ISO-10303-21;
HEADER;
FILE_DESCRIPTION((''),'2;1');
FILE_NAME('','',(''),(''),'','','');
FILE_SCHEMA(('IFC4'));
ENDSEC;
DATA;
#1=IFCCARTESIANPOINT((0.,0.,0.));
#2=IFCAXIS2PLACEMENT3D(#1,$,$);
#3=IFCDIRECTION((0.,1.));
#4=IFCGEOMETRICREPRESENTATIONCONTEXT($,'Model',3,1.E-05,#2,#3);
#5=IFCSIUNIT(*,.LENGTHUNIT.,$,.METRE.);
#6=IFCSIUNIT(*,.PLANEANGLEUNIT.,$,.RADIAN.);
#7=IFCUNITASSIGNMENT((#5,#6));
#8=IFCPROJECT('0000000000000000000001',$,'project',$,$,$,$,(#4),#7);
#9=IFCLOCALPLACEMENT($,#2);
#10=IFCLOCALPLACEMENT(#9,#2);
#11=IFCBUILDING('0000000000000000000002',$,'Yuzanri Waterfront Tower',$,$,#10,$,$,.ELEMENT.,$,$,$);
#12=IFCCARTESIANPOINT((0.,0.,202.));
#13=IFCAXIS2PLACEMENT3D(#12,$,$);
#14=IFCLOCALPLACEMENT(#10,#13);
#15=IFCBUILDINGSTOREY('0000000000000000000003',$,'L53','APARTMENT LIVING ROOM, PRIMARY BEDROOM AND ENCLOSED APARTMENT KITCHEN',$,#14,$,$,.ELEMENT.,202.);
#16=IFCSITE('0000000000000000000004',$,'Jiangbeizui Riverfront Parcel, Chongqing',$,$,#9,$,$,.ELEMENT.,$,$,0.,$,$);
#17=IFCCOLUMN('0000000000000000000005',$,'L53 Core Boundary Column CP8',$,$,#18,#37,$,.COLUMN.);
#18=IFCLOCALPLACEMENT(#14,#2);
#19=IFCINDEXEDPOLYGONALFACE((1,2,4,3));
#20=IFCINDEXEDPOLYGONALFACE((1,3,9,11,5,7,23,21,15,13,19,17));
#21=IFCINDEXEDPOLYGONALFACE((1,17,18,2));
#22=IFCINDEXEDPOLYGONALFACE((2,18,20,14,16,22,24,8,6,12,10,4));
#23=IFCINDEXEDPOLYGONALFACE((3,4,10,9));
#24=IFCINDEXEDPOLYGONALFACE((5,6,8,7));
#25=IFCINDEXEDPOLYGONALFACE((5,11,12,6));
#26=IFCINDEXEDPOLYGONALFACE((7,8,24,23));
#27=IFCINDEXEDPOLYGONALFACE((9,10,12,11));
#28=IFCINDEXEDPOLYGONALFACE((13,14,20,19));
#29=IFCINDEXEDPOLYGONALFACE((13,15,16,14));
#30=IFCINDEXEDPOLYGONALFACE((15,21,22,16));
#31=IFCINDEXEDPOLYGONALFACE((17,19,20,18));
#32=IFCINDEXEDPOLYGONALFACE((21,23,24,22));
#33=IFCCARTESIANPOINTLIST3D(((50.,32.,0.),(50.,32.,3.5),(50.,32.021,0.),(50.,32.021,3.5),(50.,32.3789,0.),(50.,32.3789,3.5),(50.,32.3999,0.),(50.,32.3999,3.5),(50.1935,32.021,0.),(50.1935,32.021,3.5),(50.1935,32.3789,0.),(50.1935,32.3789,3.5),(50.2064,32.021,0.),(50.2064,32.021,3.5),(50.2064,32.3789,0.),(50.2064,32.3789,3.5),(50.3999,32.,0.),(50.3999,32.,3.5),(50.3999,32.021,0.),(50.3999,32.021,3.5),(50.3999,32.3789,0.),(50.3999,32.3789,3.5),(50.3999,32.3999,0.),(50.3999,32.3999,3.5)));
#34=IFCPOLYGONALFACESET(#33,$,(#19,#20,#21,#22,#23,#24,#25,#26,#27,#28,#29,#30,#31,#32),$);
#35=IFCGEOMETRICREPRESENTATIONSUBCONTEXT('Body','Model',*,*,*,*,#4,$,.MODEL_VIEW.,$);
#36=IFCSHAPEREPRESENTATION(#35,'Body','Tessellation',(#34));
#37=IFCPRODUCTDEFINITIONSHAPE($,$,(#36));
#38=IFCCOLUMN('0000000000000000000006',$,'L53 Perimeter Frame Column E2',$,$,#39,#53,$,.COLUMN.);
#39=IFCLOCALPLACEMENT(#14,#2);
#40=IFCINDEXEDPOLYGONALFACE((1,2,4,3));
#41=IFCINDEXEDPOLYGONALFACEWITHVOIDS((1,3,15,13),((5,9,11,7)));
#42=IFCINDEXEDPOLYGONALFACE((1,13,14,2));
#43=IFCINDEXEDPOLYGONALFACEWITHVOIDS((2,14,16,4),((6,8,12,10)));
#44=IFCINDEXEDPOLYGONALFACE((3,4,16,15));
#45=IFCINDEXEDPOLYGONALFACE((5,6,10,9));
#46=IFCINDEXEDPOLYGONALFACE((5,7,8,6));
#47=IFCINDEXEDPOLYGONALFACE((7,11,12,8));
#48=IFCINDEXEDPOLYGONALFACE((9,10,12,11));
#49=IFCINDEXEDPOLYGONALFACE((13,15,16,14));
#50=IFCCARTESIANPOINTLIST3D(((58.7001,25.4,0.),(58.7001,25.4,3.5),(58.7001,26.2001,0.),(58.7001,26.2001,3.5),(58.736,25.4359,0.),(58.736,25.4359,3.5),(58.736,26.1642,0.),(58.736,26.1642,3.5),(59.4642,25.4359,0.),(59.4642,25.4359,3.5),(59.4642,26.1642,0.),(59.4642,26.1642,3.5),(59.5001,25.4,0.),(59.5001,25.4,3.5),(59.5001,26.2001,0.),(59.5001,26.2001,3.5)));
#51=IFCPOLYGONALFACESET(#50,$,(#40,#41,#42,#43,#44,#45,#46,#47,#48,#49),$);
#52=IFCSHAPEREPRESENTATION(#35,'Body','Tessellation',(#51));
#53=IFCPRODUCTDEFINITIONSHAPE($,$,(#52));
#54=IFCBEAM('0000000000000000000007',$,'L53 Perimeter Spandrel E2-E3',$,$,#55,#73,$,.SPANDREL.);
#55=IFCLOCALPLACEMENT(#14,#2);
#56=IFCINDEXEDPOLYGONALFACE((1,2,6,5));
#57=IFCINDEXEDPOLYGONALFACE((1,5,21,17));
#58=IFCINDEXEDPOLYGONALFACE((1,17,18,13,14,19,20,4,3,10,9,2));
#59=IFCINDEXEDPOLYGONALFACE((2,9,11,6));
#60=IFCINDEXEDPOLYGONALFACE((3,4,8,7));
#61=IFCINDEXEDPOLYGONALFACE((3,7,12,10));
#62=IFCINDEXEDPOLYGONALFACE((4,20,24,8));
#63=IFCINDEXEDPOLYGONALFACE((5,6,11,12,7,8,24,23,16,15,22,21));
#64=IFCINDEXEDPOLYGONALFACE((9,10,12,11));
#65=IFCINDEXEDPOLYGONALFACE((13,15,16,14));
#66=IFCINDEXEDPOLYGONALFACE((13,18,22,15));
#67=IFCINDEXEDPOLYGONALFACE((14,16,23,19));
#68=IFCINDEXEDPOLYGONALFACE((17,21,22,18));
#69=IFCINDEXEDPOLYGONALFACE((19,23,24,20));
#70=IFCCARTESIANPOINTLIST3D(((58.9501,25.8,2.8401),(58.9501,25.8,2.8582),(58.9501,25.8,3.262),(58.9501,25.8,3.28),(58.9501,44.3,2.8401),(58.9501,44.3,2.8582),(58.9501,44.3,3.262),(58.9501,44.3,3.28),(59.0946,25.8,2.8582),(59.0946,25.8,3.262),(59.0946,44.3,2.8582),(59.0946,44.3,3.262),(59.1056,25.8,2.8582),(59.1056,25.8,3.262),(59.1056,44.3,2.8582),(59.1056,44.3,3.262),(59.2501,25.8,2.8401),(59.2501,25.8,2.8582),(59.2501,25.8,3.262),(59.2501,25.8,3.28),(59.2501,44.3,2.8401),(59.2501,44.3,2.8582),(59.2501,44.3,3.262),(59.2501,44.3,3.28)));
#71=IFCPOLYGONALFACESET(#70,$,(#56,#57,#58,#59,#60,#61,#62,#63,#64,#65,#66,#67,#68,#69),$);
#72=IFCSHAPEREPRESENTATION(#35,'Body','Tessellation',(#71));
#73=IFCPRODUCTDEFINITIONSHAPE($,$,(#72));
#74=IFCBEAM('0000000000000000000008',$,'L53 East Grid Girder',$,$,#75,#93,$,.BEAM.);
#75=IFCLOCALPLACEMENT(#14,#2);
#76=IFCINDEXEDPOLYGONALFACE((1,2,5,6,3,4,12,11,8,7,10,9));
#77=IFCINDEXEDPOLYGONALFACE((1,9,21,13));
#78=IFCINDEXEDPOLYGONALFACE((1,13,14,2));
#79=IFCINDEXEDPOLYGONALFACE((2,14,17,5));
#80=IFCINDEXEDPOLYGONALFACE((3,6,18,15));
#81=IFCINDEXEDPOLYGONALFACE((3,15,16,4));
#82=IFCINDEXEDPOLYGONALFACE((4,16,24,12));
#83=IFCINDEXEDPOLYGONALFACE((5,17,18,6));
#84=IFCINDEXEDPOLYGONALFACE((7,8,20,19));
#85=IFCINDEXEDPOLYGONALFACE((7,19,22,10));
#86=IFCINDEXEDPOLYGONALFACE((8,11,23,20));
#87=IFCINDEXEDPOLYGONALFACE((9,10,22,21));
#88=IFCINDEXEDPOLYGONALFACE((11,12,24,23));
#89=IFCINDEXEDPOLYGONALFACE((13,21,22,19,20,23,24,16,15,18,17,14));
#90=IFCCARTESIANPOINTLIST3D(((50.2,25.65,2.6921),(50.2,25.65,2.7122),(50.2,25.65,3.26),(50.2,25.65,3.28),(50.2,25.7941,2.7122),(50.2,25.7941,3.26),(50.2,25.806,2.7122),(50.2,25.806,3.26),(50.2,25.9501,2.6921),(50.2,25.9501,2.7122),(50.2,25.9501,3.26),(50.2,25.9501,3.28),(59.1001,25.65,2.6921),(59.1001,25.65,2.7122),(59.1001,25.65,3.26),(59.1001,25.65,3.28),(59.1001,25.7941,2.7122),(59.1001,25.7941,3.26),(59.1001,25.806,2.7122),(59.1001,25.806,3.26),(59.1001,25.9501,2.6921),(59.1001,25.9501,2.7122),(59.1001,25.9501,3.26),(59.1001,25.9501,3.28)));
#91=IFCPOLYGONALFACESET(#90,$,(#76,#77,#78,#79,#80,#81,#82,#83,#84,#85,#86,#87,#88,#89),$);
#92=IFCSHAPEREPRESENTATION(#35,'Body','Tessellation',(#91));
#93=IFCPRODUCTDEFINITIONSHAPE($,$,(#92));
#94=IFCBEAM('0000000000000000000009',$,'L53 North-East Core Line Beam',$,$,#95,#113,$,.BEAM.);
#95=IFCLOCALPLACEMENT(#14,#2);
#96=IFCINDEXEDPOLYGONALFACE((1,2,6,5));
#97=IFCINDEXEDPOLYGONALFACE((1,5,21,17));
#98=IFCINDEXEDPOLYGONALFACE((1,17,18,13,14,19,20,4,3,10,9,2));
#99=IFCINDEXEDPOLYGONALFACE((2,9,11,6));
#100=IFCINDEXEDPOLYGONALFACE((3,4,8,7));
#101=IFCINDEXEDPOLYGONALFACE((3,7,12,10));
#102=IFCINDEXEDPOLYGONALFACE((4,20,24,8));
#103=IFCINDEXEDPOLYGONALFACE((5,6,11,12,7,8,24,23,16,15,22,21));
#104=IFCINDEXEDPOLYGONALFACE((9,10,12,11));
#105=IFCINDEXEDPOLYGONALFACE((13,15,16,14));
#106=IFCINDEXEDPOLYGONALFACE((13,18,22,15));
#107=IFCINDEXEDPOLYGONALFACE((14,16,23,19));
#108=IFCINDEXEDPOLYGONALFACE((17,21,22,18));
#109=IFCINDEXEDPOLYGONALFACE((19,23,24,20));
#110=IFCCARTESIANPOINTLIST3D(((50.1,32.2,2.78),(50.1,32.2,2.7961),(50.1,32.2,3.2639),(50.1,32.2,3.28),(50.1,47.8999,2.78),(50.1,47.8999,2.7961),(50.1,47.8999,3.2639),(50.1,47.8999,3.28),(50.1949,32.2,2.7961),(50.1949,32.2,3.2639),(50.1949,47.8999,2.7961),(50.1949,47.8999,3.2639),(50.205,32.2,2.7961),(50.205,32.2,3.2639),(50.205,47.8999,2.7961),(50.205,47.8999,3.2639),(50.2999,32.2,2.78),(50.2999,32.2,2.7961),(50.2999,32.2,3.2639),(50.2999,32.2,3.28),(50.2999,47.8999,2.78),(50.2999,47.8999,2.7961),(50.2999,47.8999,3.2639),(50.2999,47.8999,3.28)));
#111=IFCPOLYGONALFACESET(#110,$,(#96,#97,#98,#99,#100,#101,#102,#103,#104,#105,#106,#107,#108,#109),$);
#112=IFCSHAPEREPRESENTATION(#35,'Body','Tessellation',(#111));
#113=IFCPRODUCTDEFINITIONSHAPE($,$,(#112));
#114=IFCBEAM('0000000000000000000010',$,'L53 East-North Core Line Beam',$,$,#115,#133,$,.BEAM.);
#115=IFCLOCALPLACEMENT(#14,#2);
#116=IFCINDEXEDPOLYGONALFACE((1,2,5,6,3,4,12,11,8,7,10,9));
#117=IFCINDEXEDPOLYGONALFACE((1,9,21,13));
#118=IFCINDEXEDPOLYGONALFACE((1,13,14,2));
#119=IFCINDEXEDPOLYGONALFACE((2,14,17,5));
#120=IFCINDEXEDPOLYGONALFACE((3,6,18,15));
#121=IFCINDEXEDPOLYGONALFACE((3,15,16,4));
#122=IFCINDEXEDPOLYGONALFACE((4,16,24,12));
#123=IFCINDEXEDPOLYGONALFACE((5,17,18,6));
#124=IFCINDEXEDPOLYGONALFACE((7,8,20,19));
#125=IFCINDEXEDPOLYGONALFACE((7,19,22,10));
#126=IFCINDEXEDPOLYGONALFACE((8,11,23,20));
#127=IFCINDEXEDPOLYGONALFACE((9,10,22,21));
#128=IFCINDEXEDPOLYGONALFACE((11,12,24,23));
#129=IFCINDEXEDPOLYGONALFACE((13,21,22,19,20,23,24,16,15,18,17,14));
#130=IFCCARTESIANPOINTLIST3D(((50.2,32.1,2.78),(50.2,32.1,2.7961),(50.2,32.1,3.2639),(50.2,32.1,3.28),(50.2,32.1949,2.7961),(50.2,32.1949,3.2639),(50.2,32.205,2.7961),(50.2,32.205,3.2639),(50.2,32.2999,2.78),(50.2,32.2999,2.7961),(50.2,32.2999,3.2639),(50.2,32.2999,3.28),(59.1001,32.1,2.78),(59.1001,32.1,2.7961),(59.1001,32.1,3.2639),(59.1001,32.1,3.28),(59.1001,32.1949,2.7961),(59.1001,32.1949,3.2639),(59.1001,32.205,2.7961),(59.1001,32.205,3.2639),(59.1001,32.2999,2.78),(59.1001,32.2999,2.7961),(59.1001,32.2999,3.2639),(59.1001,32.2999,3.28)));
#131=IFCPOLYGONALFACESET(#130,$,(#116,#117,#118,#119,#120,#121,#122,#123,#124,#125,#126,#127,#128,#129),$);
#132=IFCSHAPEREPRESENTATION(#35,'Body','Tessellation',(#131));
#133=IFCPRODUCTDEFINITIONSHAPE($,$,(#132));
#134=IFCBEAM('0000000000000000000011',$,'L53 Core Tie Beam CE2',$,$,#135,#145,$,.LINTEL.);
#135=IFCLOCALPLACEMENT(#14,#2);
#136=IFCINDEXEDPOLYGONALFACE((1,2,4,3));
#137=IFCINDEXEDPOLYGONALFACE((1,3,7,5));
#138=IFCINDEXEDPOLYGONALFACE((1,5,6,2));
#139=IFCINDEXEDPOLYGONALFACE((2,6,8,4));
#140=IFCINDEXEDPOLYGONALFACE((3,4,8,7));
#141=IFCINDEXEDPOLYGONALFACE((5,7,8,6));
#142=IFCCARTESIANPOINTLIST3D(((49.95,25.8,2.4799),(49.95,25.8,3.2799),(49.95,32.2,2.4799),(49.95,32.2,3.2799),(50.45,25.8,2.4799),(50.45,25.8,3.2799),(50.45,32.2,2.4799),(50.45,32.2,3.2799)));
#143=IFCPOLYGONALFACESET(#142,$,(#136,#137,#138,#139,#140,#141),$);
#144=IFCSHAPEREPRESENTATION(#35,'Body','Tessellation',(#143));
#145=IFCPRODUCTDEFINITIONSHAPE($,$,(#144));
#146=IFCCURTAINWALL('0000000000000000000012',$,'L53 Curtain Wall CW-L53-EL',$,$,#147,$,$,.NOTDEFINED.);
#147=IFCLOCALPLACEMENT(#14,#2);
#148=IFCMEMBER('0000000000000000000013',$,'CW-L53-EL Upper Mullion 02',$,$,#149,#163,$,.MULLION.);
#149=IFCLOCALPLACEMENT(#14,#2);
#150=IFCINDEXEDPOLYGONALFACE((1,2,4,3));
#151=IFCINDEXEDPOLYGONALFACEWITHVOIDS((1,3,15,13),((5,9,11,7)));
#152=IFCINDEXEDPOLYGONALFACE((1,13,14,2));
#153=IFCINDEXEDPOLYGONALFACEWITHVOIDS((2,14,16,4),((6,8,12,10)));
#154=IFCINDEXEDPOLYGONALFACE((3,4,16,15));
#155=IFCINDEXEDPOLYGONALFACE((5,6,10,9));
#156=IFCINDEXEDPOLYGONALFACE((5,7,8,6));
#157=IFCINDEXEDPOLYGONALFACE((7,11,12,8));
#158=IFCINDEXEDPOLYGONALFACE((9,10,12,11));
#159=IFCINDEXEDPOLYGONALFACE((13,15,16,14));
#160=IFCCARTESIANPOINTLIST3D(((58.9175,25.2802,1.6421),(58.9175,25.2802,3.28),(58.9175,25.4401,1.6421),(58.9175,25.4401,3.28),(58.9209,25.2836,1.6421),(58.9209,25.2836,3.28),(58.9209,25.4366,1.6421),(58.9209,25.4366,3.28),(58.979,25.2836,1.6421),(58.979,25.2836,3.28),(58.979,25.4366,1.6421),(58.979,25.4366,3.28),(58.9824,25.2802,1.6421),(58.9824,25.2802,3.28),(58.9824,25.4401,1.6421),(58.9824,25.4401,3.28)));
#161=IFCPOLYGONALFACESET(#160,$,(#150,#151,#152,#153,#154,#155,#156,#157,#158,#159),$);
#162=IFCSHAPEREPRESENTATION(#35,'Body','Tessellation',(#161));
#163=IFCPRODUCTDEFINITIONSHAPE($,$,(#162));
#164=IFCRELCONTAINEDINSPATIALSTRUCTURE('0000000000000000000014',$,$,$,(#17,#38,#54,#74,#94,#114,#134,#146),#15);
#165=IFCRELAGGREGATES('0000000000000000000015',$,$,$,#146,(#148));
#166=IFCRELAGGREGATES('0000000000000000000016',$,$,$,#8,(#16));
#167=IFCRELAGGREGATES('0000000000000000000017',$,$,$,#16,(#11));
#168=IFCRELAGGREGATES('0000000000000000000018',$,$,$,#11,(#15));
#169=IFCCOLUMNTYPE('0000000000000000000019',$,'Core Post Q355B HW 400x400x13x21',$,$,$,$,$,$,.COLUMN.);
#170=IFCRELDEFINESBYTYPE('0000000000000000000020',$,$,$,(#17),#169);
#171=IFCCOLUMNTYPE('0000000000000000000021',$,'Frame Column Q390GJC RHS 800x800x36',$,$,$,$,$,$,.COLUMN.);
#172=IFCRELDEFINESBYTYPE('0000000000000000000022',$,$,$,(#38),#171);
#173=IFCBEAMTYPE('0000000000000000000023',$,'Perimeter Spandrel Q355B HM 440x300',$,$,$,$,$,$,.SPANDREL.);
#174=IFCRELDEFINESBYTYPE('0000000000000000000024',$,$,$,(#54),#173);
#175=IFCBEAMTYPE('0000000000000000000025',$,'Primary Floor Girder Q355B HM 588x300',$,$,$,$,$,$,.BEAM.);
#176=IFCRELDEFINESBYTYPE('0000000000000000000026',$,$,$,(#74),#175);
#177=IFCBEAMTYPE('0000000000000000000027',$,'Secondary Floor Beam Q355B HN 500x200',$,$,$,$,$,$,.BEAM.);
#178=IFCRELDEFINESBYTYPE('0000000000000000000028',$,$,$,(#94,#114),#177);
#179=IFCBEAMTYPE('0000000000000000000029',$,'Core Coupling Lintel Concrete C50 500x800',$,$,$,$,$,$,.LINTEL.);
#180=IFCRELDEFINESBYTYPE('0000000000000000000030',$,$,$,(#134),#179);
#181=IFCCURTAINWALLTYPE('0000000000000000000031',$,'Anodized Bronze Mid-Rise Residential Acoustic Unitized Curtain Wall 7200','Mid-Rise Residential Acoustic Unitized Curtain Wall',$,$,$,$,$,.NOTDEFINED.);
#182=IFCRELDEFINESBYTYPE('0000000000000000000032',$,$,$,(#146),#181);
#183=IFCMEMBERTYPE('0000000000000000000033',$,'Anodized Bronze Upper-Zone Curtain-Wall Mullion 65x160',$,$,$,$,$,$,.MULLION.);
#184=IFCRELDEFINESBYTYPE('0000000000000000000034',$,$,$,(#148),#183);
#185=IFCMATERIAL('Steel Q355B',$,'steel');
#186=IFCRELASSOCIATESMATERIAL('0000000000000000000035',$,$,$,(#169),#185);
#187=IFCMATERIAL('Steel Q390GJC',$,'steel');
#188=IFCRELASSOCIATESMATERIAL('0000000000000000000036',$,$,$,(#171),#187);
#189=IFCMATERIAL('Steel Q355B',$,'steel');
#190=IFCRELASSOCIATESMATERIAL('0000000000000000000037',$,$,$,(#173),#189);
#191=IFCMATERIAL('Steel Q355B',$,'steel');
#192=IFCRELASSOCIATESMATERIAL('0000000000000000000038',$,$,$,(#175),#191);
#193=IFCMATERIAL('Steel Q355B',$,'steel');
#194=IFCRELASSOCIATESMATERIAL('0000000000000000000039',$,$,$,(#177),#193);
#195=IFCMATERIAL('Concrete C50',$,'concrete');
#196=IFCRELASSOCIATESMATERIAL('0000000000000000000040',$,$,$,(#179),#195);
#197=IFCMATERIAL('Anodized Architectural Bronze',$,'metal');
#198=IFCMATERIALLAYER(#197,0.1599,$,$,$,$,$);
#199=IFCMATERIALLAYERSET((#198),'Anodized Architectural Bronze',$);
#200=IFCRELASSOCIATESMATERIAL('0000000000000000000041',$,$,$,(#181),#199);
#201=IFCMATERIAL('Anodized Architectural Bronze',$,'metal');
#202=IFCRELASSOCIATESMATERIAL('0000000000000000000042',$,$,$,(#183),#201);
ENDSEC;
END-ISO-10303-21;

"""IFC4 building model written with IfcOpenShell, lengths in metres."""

from ifc_helpers import new_model, si_unit, direction, frame, origin, origin_2d, place, context, subcontext, project, spatial, rectangle, hollow_rectangle, i_section, extrude, source, transform, mapped, material, layer, layer_set, material_profile, profile_set, type_object, element, aggregate, save


model = new_model("IFC4")

# Units and contexts
model_context = context("Model", 3, precision=1e-05, world=origin(), true_north=direction((0.0, 1.0)))
body_context = subcontext(model_context, "Body", "Model", "MODEL_VIEW")
ifc_project = project(units=[si_unit("LENGTHUNIT", "METRE"), si_unit("PLANEANGLEUNIT", "RADIAN")], contexts=[model_context])

# Site, building, storey
site_placement = place(None, origin())
site = spatial("IfcSite", under=ifc_project, at=site_placement, Name="Jiangbeizui Riverfront Parcel, Chongqing", CompositionType="ELEMENT", RefElevation=0.0)
building_placement = place(site_placement, origin())
building = spatial("IfcBuilding", under=site, at=building_placement, Name="Yuzanri Waterfront Tower", CompositionType="ELEMENT")
storey_placement = place(building_placement, frame((0.0, 0.0, 202.0)))
storey = spatial("IfcBuildingStorey", under=building, at=storey_placement, Name="L53", Description="APARTMENT LIVING ROOM, PRIMARY BEDROOM AND ENCLOSED APARTMENT KITCHEN", CompositionType="ELEMENT", Elevation=202.0)

# Columns
ifc_material_1 = material(Name="Steel Q355B", Category="steel")
ifc_material_profile_1 = material_profile(ifc_material_1, i_section(OverallWidth=0.3999, OverallDepth=0.3999, WebThickness=0.0129, FlangeThickness=0.021, at=origin_2d()), Name="HW 400x400x13x21")
ifc_profile_set_1 = profile_set([ifc_material_profile_1], Name="Steel Q355B")
column_type_1 = type_object("IfcColumnType", Name="Core Post Q355B HW 400x400x13x21", PredefinedType="COLUMN", material=ifc_profile_set_1)
shared_shape_1 = source(origin(), body_context, "Body", "SweptSolid", [
    extrude(i_section(OverallWidth=0.3999, OverallDepth=0.3999, WebThickness=0.0129, FlangeThickness=0.021, at=origin_2d()), origin(), (0.0, 0.0, 1.0), 3.5),
])
column_1_placement = place(storey_placement, frame((50.2, 32.2, 0.0), z_axis=(0.0, 0.0, 1.0), x_axis=(1.0, 0.0, 0.0)))
element("IfcColumn", 1, at=column_1_placement, inside=storey, type_object=column_type_1, Name="L53 Core Boundary Column CP8", PredefinedType="COLUMN", context=body_context, shape_type="MappedRepresentation", body=[
    mapped(shared_shape_1, transform((0.0, 0.0, 0.0), scale=1.0)),
])
ifc_material_2 = material(Name="Steel Q390GJC", Category="steel")
ifc_material_profile_2 = material_profile(ifc_material_2, hollow_rectangle(XDim=0.8, YDim=0.8, WallThickness=0.0359, at=origin_2d()), Name="RHS 800x800x36")
ifc_profile_set_2 = profile_set([ifc_material_profile_2], Name="Steel Q390GJC")
column_type_2 = type_object("IfcColumnType", Name="Frame Column Q390GJC RHS 800x800x36", PredefinedType="COLUMN", material=ifc_profile_set_2)
shared_shape_2 = source(origin(), body_context, "Body", "SweptSolid", [
    extrude(hollow_rectangle(XDim=0.8, YDim=0.8, WallThickness=0.0359, at=origin_2d()), origin(), (0.0, 0.0, 1.0), 3.5),
])
column_2_placement = place(storey_placement, frame((59.1001, 25.8, 0.0), z_axis=(0.0, 0.0, 1.0), x_axis=(1.0, 0.0, 0.0)))
element("IfcColumn", 2, at=column_2_placement, inside=storey, type_object=column_type_2, Name="L53 Perimeter Frame Column E2", PredefinedType="COLUMN", context=body_context, shape_type="MappedRepresentation", body=[
    mapped(shared_shape_2, transform((0.0, 0.0, 0.0), scale=1.0)),
])

# Beams
ifc_material_3 = material(Name="Steel Q355B", Category="steel")
ifc_material_profile_3 = material_profile(ifc_material_3, i_section(OverallWidth=0.3, OverallDepth=0.4399, WebThickness=0.011, FlangeThickness=0.0181, at=origin_2d()), Name="HM 440x300x11x18")
ifc_profile_set_3 = profile_set([ifc_material_profile_3], Name="Steel Q355B")
beam_type_1 = type_object("IfcBeamType", Name="Perimeter Spandrel Q355B HM 440x300", PredefinedType="SPANDREL", material=ifc_profile_set_3)
shared_shape_3 = source(origin(), body_context, "Body", "SweptSolid", [
    extrude(i_section(OverallWidth=0.3, OverallDepth=0.4399, WebThickness=0.011, FlangeThickness=0.0181, at=origin_2d()), origin(), (0.0, 0.0, 1.0), 18.5),
])
beam_1_placement = place(storey_placement, frame((59.1001, 25.8, 3.0601), z_axis=(0.0, 1.0, 0.0), x_axis=(-1.0, 0.0, 0.0)))
element("IfcBeam", 3, at=beam_1_placement, inside=storey, type_object=beam_type_1, Name="L53 Perimeter Spandrel E2-E3", PredefinedType="SPANDREL", context=body_context, shape_type="MappedRepresentation", body=[
    mapped(shared_shape_3, transform((0.0, 0.0, 0.0), scale=1.0)),
])
ifc_material_4 = material(Name="Steel Q355B", Category="steel")
ifc_material_profile_4 = material_profile(ifc_material_4, i_section(OverallWidth=0.3, OverallDepth=0.5879, WebThickness=0.012, FlangeThickness=0.02, at=origin_2d()), Name="HM 588x300x12x20")
ifc_profile_set_4 = profile_set([ifc_material_profile_4], Name="Steel Q355B")
beam_type_2 = type_object("IfcBeamType", Name="Primary Floor Girder Q355B HM 588x300", PredefinedType="BEAM", material=ifc_profile_set_4)
shared_shape_4 = source(origin(), body_context, "Body", "SweptSolid", [
    extrude(i_section(OverallWidth=0.3, OverallDepth=0.5879, WebThickness=0.012, FlangeThickness=0.02, at=origin_2d()), origin(), (0.0, 0.0, 1.0), 8.9001),
])
beam_2_placement = place(storey_placement, frame((50.2, 25.8, 2.9861), z_axis=(1.0, 0.0, 0.0), x_axis=(0.0, 1.0, 0.0)))
element("IfcBeam", 4, at=beam_2_placement, inside=storey, type_object=beam_type_2, Name="L53 East Grid Girder", PredefinedType="BEAM", context=body_context, shape_type="MappedRepresentation", body=[
    mapped(shared_shape_4, transform((0.0, 0.0, 0.0), scale=1.0)),
])
ifc_material_5 = material(Name="Steel Q355B", Category="steel")
ifc_material_profile_5 = material_profile(ifc_material_5, i_section(OverallWidth=0.2, OverallDepth=0.5, WebThickness=0.01, FlangeThickness=0.0161, at=origin_2d()), Name="HN 500x200x10x16")
ifc_profile_set_5 = profile_set([ifc_material_profile_5], Name="Steel Q355B")
beam_type_3 = type_object("IfcBeamType", Name="Secondary Floor Beam Q355B HN 500x200", PredefinedType="BEAM", material=ifc_profile_set_5)
shared_shape_5 = source(origin(), body_context, "Body", "SweptSolid", [
    extrude(i_section(OverallWidth=0.2, OverallDepth=0.5, WebThickness=0.01, FlangeThickness=0.0161, at=origin_2d()), origin(), (0.0, 0.0, 1.0), 15.7),
])
beam_3_placement = place(storey_placement, frame((50.2, 32.2, 3.03), z_axis=(0.0, 1.0, 0.0), x_axis=(-1.0, 0.0, 0.0)))
element("IfcBeam", 5, at=beam_3_placement, inside=storey, type_object=beam_type_3, Name="L53 North-East Core Line Beam", PredefinedType="BEAM", context=body_context, shape_type="MappedRepresentation", body=[
    mapped(shared_shape_5, transform((0.0, 0.0, 0.0), scale=1.0)),
])
shared_shape_6 = source(origin(), body_context, "Body", "SweptSolid", [
    extrude(i_section(OverallWidth=0.2, OverallDepth=0.5, WebThickness=0.01, FlangeThickness=0.0161, at=origin_2d()), origin(), (0.0, 0.0, 1.0), 8.9001),
])
beam_4_placement = place(storey_placement, frame((50.2, 32.2, 3.03), z_axis=(1.0, 0.0, 0.0), x_axis=(0.0, 1.0, 0.0)))
element("IfcBeam", 6, at=beam_4_placement, inside=storey, type_object=beam_type_3, Name="L53 East-North Core Line Beam", PredefinedType="BEAM", context=body_context, shape_type="MappedRepresentation", body=[
    mapped(shared_shape_6, transform((0.0, 0.0, 0.0), scale=1.0)),
])
ifc_material_6 = material(Name="Concrete C50", Category="concrete")
ifc_material_profile_6 = material_profile(ifc_material_6, rectangle(XDim=0.5, YDim=0.8, at=origin_2d()), Name="RC 500x800")
ifc_profile_set_6 = profile_set([ifc_material_profile_6], Name="Concrete C50")
beam_type_4 = type_object("IfcBeamType", Name="Core Coupling Lintel Concrete C50 500x800", PredefinedType="LINTEL", material=ifc_profile_set_6)
shared_shape_7 = source(origin(), body_context, "Body", "SweptSolid", [
    extrude(rectangle(XDim=0.5, YDim=0.8, at=origin_2d()), origin(), (0.0, 0.0, 1.0), 6.3999),
])
beam_5_placement = place(storey_placement, frame((50.2, 25.8, 2.8799), z_axis=(0.0, 1.0, 0.0), x_axis=(-1.0, 0.0, 0.0)))
element("IfcBeam", 7, at=beam_5_placement, inside=storey, type_object=beam_type_4, Name="L53 Core Tie Beam CE2", PredefinedType="LINTEL", context=body_context, shape_type="MappedRepresentation", body=[
    mapped(shared_shape_7, transform((0.0, 0.0, 0.0), scale=1.0)),
])

# Curtain wall, member
ifc_material_7 = material(Name="Anodized Architectural Bronze", Category="metal")
ifc_layer_1 = layer(ifc_material_7, 0.1599)
ifc_layer_set_1 = layer_set([ifc_layer_1], Name="Anodized Architectural Bronze")
curtain_wall_type = type_object("IfcCurtainWallType", Name="Anodized Bronze Mid-Rise Residential Acoustic Unitized Curtain Wall 7200", Description="Mid-Rise Residential Acoustic Unitized Curtain Wall", PredefinedType="NOTDEFINED", material=ifc_layer_set_1)
curtain_wall_1_placement = place(storey_placement, origin())
curtain_wall_1 = element("IfcCurtainWall", 8, at=curtain_wall_1_placement, inside=storey, type_object=curtain_wall_type, Name="L53 Curtain Wall CW-L53-EL", PredefinedType="NOTDEFINED")
ifc_material_8 = material(Name="Anodized Architectural Bronze", Category="metal")
ifc_material_profile_7 = material_profile(ifc_material_8, hollow_rectangle(XDim=0.0649, YDim=0.1599, WallThickness=0.0034, at=origin_2d()), Name="CWM 65x160")
ifc_profile_set_7 = profile_set([ifc_material_profile_7], Name="Anodized Architectural Bronze")
member_type_1 = type_object("IfcMemberType", Name="Anodized Bronze Upper-Zone Curtain-Wall Mullion 65x160", PredefinedType="MULLION", material=ifc_profile_set_7)
shared_shape_8 = source(origin(), body_context, "Body", "SweptSolid", [
    extrude(hollow_rectangle(XDim=0.0649, YDim=0.1599, WallThickness=0.0034, at=origin_2d()), origin(), (0.0, 0.0, 1.0), 1.6379),
])
member_1_placement = place(storey_placement, frame((58.95, 25.3601, 1.6421), z_axis=(0.0, 0.0, 1.0), x_axis=(1.0, 0.0, 0.0)))
member_1 = element("IfcMember", 9, at=member_1_placement, type_object=member_type_1, Name="CW-L53-EL Upper Mullion 02", PredefinedType="MULLION", context=body_context, shape_type="MappedRepresentation", body=[
    mapped(shared_shape_8, transform((0.0, 0.0, 0.0), scale=1.0)),
])
aggregate(curtain_wall_1, [member_1])

save(model, "model.ifc")
